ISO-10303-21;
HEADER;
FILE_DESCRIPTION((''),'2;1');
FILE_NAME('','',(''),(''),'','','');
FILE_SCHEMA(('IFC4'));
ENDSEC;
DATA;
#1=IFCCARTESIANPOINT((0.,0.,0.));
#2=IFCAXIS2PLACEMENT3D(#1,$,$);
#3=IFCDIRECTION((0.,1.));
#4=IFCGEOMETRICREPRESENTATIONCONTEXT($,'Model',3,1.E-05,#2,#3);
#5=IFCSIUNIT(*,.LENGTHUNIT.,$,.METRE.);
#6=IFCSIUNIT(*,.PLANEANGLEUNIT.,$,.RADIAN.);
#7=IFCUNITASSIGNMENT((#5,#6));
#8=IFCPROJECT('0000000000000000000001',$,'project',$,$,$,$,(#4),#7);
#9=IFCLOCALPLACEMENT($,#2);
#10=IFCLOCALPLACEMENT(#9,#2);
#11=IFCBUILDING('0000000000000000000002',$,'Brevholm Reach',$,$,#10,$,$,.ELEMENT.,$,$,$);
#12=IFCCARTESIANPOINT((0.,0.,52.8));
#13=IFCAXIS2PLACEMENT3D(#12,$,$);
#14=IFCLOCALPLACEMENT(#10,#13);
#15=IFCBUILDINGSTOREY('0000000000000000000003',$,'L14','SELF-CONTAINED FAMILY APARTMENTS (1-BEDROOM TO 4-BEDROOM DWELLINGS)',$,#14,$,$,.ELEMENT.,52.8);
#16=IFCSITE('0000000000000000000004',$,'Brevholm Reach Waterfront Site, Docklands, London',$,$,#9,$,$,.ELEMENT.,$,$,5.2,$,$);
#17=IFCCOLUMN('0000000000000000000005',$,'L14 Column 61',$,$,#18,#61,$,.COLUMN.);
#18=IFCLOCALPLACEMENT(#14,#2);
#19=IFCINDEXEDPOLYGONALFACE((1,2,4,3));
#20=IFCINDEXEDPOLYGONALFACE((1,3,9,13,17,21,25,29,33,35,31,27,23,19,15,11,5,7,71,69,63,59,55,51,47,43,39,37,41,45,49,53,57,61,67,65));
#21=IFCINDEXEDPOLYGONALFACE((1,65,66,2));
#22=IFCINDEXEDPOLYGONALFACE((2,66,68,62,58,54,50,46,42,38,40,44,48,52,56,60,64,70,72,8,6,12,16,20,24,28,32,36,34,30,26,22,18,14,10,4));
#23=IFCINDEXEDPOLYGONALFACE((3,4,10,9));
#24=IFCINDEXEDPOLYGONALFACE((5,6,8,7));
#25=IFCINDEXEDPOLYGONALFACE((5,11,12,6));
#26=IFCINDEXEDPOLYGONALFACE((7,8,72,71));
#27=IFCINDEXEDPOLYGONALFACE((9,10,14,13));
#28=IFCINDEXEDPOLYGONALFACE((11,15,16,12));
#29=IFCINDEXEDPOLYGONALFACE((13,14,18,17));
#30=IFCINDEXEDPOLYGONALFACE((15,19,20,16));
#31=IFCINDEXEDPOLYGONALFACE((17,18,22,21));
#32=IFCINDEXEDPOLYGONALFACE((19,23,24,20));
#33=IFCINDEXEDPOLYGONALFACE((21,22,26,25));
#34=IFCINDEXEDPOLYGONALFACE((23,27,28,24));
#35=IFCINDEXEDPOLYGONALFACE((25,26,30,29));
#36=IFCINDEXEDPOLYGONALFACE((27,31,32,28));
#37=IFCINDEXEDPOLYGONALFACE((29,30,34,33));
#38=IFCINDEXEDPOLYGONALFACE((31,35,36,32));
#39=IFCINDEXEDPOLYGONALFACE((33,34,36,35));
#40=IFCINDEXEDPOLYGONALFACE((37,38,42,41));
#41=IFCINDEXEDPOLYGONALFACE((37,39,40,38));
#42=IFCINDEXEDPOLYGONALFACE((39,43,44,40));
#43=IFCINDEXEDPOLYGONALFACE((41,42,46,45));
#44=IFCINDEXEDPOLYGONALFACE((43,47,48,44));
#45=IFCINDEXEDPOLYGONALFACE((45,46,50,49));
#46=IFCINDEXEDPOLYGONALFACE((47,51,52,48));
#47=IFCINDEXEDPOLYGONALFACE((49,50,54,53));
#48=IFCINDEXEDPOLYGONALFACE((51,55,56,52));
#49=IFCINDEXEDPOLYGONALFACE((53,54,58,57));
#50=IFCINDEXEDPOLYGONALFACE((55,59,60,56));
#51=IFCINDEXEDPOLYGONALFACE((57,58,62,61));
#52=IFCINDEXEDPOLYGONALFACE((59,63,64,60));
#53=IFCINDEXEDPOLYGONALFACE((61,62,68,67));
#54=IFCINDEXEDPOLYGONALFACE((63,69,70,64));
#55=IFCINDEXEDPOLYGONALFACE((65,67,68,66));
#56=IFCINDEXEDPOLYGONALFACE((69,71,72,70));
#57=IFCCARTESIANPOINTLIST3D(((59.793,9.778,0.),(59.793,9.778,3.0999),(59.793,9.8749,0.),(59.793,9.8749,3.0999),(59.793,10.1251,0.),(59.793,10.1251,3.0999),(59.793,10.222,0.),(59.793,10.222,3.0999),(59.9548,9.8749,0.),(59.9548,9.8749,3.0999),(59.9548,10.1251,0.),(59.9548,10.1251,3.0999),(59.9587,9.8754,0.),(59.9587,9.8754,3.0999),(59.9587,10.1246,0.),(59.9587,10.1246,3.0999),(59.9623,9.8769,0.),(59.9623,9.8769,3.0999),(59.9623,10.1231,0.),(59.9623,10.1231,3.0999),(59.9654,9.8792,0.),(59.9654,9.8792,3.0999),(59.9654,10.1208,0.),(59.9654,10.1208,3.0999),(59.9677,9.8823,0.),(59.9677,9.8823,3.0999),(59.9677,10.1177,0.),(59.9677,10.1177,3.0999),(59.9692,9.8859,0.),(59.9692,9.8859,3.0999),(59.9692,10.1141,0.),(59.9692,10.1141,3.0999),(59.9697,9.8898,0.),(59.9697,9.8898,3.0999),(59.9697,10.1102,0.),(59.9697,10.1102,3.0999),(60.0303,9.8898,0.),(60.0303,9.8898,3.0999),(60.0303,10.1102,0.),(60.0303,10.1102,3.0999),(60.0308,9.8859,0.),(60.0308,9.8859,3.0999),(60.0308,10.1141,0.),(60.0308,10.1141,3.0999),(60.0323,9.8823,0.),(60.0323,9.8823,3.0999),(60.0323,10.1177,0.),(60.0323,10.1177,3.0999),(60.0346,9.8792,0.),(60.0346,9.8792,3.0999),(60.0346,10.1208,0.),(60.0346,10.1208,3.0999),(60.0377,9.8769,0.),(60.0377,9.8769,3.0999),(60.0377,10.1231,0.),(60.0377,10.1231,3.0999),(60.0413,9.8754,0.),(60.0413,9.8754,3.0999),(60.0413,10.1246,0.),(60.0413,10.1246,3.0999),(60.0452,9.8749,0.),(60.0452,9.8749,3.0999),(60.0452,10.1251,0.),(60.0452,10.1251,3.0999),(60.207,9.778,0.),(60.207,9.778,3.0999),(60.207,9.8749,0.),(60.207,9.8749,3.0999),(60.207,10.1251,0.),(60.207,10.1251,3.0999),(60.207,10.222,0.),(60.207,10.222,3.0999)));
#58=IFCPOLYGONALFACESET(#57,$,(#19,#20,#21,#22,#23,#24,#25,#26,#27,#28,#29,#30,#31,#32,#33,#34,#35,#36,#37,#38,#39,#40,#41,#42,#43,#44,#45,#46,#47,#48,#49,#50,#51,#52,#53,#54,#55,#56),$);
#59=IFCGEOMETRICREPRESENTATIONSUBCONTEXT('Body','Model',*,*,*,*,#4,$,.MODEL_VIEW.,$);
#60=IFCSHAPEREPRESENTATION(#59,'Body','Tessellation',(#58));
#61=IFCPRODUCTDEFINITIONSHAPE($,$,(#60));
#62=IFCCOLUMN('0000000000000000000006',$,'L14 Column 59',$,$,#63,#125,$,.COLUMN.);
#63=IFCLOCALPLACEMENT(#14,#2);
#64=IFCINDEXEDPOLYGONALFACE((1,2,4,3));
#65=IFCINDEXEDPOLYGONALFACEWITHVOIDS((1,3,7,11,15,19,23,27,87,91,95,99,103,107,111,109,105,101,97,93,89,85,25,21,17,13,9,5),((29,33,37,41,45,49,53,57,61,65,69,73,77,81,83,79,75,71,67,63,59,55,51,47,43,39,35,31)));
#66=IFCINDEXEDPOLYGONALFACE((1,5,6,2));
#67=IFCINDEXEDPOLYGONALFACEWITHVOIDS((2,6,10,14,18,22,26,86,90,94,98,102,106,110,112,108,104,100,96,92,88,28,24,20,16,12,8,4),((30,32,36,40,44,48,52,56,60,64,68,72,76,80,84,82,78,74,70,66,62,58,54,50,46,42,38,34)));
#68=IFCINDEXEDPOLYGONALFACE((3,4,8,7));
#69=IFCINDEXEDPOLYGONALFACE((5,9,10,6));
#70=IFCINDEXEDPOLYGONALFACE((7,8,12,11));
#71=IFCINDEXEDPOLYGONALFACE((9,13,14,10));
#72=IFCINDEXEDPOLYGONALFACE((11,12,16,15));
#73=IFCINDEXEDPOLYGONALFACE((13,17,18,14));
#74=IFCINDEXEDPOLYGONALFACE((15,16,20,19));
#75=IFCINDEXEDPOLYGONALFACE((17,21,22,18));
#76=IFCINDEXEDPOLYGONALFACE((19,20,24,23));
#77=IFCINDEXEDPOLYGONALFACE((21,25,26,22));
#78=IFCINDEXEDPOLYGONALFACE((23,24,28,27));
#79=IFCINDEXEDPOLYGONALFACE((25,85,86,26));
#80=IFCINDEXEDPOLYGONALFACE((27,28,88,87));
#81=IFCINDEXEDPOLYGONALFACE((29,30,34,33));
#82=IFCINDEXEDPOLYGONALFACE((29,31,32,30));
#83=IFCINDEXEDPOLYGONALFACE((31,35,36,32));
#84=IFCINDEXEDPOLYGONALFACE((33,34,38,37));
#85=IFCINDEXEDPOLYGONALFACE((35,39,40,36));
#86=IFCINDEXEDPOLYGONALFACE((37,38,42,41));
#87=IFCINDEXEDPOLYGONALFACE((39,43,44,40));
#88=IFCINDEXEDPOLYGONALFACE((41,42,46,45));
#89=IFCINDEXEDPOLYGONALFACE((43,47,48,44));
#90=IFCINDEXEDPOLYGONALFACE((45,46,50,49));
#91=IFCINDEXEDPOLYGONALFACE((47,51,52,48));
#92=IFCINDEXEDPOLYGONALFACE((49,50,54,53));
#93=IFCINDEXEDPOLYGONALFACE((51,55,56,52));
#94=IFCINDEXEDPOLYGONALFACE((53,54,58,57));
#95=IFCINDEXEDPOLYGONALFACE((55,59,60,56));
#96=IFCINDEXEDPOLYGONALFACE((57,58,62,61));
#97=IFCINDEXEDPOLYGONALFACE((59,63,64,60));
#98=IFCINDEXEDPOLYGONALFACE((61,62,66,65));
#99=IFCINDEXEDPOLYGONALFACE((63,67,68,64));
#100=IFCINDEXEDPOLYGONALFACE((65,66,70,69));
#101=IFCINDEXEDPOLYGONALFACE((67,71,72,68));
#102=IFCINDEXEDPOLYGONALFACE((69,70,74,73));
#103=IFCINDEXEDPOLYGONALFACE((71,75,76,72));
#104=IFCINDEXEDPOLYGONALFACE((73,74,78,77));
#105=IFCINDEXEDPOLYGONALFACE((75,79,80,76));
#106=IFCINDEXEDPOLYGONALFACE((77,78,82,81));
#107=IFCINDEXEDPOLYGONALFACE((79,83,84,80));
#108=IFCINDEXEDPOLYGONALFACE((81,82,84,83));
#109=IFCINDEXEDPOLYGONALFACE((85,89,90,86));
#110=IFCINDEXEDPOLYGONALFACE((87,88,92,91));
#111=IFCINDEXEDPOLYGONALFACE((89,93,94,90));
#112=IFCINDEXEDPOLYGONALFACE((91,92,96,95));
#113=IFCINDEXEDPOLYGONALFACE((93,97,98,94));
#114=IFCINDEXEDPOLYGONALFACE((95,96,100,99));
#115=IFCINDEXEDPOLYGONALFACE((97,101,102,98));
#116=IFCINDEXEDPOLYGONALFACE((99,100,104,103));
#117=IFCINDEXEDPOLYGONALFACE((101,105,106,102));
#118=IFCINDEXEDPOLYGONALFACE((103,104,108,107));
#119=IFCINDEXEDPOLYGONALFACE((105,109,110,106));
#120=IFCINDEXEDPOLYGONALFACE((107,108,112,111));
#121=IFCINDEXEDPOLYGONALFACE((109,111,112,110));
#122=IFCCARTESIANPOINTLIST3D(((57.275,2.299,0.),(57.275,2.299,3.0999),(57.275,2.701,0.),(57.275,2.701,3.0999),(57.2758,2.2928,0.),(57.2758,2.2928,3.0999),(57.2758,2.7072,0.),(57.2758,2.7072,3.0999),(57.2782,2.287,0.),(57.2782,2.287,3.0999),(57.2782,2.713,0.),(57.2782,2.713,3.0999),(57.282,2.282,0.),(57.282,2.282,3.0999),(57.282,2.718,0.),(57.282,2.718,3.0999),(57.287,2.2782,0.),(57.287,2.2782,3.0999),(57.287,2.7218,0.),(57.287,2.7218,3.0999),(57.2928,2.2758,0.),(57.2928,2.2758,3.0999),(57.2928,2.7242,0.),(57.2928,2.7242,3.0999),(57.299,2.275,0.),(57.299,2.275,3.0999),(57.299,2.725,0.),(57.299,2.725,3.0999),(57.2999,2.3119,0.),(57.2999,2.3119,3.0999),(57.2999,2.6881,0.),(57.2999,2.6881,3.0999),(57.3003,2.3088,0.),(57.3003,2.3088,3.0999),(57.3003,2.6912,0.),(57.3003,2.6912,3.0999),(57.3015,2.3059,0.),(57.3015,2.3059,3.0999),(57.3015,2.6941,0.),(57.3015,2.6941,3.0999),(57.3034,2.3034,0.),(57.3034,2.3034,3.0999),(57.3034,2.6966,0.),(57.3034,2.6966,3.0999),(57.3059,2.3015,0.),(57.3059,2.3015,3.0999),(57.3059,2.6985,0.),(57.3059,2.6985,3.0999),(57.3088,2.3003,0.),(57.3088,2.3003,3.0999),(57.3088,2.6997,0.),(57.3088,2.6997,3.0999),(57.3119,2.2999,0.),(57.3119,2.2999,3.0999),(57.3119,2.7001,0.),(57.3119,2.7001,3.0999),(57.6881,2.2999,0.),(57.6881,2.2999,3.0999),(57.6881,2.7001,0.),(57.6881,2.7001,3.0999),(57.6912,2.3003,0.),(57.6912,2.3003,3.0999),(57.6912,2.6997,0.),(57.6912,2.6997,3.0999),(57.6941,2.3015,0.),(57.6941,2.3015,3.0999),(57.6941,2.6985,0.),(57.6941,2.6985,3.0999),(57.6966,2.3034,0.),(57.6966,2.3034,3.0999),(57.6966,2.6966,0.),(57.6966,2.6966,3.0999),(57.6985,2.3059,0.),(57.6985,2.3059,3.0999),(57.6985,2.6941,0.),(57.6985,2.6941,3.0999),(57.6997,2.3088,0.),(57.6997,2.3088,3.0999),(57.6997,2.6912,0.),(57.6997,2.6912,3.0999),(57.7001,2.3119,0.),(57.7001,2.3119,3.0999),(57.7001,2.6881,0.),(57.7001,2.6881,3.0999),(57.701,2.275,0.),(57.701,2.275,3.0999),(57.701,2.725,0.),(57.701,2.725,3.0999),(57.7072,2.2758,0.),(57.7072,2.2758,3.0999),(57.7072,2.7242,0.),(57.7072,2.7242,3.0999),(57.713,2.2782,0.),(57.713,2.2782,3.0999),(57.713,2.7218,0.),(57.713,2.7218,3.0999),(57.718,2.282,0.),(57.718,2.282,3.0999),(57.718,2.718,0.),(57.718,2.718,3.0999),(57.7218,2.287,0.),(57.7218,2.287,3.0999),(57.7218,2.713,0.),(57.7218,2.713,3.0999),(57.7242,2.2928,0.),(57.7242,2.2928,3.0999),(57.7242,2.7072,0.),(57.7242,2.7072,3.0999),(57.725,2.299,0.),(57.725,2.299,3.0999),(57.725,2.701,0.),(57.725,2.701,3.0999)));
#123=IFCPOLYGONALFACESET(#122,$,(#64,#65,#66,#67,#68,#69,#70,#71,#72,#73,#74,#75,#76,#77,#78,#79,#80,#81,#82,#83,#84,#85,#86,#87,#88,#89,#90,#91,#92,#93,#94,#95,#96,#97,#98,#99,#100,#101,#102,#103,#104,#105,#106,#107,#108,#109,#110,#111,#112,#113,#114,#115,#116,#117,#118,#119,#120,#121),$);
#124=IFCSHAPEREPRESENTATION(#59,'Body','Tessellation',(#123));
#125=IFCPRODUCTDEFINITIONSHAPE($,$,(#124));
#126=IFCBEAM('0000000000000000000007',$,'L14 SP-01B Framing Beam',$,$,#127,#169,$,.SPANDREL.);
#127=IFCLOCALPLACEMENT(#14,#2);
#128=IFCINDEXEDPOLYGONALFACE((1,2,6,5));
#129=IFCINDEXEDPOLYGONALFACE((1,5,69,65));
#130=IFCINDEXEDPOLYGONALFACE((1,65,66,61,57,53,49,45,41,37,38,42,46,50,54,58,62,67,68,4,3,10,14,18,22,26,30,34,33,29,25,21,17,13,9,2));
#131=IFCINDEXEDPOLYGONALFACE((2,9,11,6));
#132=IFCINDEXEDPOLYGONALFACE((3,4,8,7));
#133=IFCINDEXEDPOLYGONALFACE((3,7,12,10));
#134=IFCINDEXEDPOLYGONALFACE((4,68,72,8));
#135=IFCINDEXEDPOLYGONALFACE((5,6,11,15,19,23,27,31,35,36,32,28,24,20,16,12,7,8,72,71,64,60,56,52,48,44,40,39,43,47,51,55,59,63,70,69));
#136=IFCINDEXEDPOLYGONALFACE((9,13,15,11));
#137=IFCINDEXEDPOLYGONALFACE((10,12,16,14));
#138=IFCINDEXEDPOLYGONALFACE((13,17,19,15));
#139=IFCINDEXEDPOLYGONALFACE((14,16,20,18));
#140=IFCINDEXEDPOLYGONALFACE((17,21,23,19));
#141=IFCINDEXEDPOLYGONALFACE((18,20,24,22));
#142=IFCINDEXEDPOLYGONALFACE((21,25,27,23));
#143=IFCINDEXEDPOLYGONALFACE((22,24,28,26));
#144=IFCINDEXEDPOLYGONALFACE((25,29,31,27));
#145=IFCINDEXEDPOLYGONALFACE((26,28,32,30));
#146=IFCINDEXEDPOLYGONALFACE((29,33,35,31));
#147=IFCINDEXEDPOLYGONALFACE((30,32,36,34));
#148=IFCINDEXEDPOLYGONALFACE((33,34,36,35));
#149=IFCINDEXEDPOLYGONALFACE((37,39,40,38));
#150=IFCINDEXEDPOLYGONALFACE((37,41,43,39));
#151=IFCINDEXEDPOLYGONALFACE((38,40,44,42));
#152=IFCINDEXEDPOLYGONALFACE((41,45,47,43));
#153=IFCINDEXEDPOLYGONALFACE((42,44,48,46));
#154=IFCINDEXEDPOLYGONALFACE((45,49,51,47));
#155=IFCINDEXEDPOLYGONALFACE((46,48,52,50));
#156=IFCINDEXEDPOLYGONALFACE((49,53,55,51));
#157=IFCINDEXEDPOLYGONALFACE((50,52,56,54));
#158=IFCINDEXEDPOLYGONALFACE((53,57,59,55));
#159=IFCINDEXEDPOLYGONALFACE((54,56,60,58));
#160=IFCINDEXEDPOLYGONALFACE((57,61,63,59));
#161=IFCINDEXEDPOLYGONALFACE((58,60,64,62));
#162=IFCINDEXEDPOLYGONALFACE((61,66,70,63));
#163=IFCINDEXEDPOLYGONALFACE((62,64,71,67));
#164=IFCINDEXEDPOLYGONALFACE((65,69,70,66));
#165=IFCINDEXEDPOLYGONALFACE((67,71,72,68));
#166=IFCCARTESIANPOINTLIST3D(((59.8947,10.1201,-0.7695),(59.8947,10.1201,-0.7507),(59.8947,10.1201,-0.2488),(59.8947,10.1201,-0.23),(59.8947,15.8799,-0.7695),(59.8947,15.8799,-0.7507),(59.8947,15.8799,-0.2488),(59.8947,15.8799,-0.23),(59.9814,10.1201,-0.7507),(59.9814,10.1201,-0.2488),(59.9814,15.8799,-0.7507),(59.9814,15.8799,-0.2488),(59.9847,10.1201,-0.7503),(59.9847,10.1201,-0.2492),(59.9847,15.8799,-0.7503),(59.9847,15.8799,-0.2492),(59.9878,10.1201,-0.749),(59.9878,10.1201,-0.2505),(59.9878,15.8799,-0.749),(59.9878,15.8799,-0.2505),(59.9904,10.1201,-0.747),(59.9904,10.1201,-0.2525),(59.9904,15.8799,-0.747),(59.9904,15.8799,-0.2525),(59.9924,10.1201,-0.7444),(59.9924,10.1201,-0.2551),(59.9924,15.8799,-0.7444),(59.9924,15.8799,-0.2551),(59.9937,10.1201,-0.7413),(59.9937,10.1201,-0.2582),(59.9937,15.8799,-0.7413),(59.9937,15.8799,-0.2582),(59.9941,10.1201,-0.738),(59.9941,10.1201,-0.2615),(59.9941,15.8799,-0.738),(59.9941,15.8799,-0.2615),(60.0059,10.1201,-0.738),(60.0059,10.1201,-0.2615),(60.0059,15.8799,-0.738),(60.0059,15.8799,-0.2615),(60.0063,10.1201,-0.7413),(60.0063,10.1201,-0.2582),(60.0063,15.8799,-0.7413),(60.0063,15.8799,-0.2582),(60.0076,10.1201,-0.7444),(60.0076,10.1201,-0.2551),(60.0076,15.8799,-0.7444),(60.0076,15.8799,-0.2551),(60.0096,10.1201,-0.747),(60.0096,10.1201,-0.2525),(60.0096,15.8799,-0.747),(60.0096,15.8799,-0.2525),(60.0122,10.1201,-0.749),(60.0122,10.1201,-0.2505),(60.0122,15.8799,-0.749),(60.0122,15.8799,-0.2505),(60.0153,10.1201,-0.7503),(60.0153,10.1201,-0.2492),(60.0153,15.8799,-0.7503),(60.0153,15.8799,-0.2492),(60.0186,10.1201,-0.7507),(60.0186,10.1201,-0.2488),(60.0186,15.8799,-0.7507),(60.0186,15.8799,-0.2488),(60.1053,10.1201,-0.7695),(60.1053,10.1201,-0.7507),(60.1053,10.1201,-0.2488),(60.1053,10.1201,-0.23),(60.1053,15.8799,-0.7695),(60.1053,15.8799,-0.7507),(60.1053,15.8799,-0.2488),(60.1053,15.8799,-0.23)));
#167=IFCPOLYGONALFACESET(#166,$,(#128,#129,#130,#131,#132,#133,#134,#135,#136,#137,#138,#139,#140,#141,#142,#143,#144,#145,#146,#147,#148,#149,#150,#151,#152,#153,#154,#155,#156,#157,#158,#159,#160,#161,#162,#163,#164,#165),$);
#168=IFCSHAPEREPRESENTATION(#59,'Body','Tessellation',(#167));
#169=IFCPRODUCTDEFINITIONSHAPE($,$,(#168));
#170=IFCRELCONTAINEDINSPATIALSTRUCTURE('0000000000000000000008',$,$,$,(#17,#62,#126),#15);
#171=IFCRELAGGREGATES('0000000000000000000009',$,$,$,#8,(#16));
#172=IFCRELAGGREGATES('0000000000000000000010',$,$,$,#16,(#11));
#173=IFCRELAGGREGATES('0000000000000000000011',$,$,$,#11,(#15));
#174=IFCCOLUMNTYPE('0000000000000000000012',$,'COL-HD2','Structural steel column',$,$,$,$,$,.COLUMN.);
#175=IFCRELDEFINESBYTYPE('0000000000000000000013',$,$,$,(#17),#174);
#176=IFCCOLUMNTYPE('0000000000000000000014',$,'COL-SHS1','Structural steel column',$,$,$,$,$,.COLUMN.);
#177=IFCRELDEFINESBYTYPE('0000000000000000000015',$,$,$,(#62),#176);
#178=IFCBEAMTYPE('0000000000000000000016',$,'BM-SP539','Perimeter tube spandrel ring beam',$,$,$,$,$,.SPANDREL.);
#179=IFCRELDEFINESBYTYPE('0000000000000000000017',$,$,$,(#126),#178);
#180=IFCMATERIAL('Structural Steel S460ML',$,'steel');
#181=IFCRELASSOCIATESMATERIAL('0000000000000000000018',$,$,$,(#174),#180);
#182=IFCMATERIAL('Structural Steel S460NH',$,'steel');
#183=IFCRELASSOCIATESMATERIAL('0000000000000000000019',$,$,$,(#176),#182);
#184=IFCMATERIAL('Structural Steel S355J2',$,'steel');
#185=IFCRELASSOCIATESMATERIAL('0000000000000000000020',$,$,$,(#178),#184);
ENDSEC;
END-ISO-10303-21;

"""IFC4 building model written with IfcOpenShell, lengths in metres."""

from ifc_helpers import new_model, si_unit, direction, frame, origin, origin_2d, place, context, subcontext, project, spatial, hollow_rectangle, i_section, extrude, material, material_profile, profile_set, type_object, element, save


model = new_model("IFC4")

# Units and contexts
model_context = context("Model", 3, precision=1e-05, world=origin(), true_north=direction((0.0, 1.0)))
body_context = subcontext(model_context, "Body", "Model", "MODEL_VIEW")
ifc_project = project(units=[si_unit("LENGTHUNIT", "METRE"), si_unit("PLANEANGLEUNIT", "RADIAN")], contexts=[model_context])

# Site, building, storey
site_placement = place(None, origin())
site = spatial("IfcSite", under=ifc_project, at=site_placement, Name="Brevholm Reach Waterfront Site, Docklands, London", CompositionType="ELEMENT", RefElevation=5.2)
building_placement = place(site_placement, origin())
building = spatial("IfcBuilding", under=site, at=building_placement, Name="Brevholm Reach", CompositionType="ELEMENT")
storey_placement = place(building_placement, frame((0.0, 0.0, 52.8)))
storey = spatial("IfcBuildingStorey", under=building, at=storey_placement, Name="L14", Description="SELF-CONTAINED FAMILY APARTMENTS (1-BEDROOM TO 4-BEDROOM DWELLINGS)", CompositionType="ELEMENT", Elevation=52.8)

# Columns
ifc_material_1 = material(Name="Structural Steel S460ML", Category="steel")
ifc_material_profile_1 = material_profile(ifc_material_1, i_section(OverallWidth=0.4141, OverallDepth=0.4441, WebThickness=0.0605, FlangeThickness=0.0969, FilletRadius=0.0149, at=origin_2d()), Name="HD 400x818")
ifc_profile_set_1 = profile_set([ifc_material_profile_1], Name="Structural Steel S460ML")
column_type_1 = type_object("IfcColumnType", Name="COL-HD2", Description="Structural steel column", PredefinedType="COLUMN", material=ifc_profile_set_1)
column_1_placement = place(storey_placement, frame((60.0, 10.0, 0.0), z_axis=(0.0, 0.0, 1.0), x_axis=(1.0, 0.0, 0.0)))
element("IfcColumn", 1, at=column_1_placement, inside=storey, type_object=column_type_1, Name="L14 Column 61", PredefinedType="COLUMN", context=body_context, shape_type="SweptSolid", body=[
    extrude(i_section(OverallWidth=0.4141, OverallDepth=0.4441, WebThickness=0.0605, FlangeThickness=0.0969, FilletRadius=0.0149, at=origin_2d()), origin(), (0.0, 0.0, 1.0), 3.0999),
])
ifc_material_2 = material(Name="Structural Steel S460NH", Category="steel")
ifc_material_profile_2 = material_profile(ifc_material_2, hollow_rectangle(XDim=0.45, YDim=0.45, WallThickness=0.0249, InnerFilletRadius=0.012, OuterFilletRadius=0.0239, at=origin_2d()), Name="SHS 450x450x25")
ifc_profile_set_2 = profile_set([ifc_material_profile_2], Name="Structural Steel S460NH")
column_type_2 = type_object("IfcColumnType", Name="COL-SHS1", Description="Structural steel column", PredefinedType="COLUMN", material=ifc_profile_set_2)
column_2_placement = place(storey_placement, frame((57.5, 2.5, 0.0), z_axis=(0.0, 0.0, 1.0), x_axis=(1.0, 0.0, 0.0)))
element("IfcColumn", 2, at=column_2_placement, inside=storey, type_object=column_type_2, Name="L14 Column 59", PredefinedType="COLUMN", context=body_context, shape_type="SweptSolid", body=[
    extrude(hollow_rectangle(XDim=0.45, YDim=0.45, WallThickness=0.0249, InnerFilletRadius=0.012, OuterFilletRadius=0.0239, at=origin_2d()), origin(), (0.0, 0.0, 1.0), 3.0999),
])

# Beam
ifc_material_3 = material(Name="Structural Steel S355J2", Category="steel")
ifc_material_profile_3 = material_profile(ifc_material_3, i_section(OverallWidth=0.2107, OverallDepth=0.5396, WebThickness=0.0117, FlangeThickness=0.0188, FilletRadius=0.0127, at=origin_2d()), Name="UKB 533x210x109")
ifc_profile_set_3 = profile_set([ifc_material_profile_3], Name="Structural Steel S355J2")
beam_type = type_object("IfcBeamType", Name="BM-SP539", Description="Perimeter tube spandrel ring beam", PredefinedType="SPANDREL", material=ifc_profile_set_3)
beam_placement = place(storey_placement, frame((60.0, 10.1201, -0.4998), z_axis=(0.0, 1.0, 0.0), x_axis=(-1.0, 0.0, 0.0)))
element("IfcBeam", 3, at=beam_placement, inside=storey, type_object=beam_type, Name="L14 SP-01B Framing Beam", PredefinedType="SPANDREL", context=body_context, shape_type="SweptSolid", body=[
    extrude(i_section(OverallWidth=0.2107, OverallDepth=0.5396, WebThickness=0.0117, FlangeThickness=0.0188, FilletRadius=0.0127, at=origin_2d()), origin(), (0.0, 0.0, 1.0), 5.7598),
])

save(model, "model.ifc")
